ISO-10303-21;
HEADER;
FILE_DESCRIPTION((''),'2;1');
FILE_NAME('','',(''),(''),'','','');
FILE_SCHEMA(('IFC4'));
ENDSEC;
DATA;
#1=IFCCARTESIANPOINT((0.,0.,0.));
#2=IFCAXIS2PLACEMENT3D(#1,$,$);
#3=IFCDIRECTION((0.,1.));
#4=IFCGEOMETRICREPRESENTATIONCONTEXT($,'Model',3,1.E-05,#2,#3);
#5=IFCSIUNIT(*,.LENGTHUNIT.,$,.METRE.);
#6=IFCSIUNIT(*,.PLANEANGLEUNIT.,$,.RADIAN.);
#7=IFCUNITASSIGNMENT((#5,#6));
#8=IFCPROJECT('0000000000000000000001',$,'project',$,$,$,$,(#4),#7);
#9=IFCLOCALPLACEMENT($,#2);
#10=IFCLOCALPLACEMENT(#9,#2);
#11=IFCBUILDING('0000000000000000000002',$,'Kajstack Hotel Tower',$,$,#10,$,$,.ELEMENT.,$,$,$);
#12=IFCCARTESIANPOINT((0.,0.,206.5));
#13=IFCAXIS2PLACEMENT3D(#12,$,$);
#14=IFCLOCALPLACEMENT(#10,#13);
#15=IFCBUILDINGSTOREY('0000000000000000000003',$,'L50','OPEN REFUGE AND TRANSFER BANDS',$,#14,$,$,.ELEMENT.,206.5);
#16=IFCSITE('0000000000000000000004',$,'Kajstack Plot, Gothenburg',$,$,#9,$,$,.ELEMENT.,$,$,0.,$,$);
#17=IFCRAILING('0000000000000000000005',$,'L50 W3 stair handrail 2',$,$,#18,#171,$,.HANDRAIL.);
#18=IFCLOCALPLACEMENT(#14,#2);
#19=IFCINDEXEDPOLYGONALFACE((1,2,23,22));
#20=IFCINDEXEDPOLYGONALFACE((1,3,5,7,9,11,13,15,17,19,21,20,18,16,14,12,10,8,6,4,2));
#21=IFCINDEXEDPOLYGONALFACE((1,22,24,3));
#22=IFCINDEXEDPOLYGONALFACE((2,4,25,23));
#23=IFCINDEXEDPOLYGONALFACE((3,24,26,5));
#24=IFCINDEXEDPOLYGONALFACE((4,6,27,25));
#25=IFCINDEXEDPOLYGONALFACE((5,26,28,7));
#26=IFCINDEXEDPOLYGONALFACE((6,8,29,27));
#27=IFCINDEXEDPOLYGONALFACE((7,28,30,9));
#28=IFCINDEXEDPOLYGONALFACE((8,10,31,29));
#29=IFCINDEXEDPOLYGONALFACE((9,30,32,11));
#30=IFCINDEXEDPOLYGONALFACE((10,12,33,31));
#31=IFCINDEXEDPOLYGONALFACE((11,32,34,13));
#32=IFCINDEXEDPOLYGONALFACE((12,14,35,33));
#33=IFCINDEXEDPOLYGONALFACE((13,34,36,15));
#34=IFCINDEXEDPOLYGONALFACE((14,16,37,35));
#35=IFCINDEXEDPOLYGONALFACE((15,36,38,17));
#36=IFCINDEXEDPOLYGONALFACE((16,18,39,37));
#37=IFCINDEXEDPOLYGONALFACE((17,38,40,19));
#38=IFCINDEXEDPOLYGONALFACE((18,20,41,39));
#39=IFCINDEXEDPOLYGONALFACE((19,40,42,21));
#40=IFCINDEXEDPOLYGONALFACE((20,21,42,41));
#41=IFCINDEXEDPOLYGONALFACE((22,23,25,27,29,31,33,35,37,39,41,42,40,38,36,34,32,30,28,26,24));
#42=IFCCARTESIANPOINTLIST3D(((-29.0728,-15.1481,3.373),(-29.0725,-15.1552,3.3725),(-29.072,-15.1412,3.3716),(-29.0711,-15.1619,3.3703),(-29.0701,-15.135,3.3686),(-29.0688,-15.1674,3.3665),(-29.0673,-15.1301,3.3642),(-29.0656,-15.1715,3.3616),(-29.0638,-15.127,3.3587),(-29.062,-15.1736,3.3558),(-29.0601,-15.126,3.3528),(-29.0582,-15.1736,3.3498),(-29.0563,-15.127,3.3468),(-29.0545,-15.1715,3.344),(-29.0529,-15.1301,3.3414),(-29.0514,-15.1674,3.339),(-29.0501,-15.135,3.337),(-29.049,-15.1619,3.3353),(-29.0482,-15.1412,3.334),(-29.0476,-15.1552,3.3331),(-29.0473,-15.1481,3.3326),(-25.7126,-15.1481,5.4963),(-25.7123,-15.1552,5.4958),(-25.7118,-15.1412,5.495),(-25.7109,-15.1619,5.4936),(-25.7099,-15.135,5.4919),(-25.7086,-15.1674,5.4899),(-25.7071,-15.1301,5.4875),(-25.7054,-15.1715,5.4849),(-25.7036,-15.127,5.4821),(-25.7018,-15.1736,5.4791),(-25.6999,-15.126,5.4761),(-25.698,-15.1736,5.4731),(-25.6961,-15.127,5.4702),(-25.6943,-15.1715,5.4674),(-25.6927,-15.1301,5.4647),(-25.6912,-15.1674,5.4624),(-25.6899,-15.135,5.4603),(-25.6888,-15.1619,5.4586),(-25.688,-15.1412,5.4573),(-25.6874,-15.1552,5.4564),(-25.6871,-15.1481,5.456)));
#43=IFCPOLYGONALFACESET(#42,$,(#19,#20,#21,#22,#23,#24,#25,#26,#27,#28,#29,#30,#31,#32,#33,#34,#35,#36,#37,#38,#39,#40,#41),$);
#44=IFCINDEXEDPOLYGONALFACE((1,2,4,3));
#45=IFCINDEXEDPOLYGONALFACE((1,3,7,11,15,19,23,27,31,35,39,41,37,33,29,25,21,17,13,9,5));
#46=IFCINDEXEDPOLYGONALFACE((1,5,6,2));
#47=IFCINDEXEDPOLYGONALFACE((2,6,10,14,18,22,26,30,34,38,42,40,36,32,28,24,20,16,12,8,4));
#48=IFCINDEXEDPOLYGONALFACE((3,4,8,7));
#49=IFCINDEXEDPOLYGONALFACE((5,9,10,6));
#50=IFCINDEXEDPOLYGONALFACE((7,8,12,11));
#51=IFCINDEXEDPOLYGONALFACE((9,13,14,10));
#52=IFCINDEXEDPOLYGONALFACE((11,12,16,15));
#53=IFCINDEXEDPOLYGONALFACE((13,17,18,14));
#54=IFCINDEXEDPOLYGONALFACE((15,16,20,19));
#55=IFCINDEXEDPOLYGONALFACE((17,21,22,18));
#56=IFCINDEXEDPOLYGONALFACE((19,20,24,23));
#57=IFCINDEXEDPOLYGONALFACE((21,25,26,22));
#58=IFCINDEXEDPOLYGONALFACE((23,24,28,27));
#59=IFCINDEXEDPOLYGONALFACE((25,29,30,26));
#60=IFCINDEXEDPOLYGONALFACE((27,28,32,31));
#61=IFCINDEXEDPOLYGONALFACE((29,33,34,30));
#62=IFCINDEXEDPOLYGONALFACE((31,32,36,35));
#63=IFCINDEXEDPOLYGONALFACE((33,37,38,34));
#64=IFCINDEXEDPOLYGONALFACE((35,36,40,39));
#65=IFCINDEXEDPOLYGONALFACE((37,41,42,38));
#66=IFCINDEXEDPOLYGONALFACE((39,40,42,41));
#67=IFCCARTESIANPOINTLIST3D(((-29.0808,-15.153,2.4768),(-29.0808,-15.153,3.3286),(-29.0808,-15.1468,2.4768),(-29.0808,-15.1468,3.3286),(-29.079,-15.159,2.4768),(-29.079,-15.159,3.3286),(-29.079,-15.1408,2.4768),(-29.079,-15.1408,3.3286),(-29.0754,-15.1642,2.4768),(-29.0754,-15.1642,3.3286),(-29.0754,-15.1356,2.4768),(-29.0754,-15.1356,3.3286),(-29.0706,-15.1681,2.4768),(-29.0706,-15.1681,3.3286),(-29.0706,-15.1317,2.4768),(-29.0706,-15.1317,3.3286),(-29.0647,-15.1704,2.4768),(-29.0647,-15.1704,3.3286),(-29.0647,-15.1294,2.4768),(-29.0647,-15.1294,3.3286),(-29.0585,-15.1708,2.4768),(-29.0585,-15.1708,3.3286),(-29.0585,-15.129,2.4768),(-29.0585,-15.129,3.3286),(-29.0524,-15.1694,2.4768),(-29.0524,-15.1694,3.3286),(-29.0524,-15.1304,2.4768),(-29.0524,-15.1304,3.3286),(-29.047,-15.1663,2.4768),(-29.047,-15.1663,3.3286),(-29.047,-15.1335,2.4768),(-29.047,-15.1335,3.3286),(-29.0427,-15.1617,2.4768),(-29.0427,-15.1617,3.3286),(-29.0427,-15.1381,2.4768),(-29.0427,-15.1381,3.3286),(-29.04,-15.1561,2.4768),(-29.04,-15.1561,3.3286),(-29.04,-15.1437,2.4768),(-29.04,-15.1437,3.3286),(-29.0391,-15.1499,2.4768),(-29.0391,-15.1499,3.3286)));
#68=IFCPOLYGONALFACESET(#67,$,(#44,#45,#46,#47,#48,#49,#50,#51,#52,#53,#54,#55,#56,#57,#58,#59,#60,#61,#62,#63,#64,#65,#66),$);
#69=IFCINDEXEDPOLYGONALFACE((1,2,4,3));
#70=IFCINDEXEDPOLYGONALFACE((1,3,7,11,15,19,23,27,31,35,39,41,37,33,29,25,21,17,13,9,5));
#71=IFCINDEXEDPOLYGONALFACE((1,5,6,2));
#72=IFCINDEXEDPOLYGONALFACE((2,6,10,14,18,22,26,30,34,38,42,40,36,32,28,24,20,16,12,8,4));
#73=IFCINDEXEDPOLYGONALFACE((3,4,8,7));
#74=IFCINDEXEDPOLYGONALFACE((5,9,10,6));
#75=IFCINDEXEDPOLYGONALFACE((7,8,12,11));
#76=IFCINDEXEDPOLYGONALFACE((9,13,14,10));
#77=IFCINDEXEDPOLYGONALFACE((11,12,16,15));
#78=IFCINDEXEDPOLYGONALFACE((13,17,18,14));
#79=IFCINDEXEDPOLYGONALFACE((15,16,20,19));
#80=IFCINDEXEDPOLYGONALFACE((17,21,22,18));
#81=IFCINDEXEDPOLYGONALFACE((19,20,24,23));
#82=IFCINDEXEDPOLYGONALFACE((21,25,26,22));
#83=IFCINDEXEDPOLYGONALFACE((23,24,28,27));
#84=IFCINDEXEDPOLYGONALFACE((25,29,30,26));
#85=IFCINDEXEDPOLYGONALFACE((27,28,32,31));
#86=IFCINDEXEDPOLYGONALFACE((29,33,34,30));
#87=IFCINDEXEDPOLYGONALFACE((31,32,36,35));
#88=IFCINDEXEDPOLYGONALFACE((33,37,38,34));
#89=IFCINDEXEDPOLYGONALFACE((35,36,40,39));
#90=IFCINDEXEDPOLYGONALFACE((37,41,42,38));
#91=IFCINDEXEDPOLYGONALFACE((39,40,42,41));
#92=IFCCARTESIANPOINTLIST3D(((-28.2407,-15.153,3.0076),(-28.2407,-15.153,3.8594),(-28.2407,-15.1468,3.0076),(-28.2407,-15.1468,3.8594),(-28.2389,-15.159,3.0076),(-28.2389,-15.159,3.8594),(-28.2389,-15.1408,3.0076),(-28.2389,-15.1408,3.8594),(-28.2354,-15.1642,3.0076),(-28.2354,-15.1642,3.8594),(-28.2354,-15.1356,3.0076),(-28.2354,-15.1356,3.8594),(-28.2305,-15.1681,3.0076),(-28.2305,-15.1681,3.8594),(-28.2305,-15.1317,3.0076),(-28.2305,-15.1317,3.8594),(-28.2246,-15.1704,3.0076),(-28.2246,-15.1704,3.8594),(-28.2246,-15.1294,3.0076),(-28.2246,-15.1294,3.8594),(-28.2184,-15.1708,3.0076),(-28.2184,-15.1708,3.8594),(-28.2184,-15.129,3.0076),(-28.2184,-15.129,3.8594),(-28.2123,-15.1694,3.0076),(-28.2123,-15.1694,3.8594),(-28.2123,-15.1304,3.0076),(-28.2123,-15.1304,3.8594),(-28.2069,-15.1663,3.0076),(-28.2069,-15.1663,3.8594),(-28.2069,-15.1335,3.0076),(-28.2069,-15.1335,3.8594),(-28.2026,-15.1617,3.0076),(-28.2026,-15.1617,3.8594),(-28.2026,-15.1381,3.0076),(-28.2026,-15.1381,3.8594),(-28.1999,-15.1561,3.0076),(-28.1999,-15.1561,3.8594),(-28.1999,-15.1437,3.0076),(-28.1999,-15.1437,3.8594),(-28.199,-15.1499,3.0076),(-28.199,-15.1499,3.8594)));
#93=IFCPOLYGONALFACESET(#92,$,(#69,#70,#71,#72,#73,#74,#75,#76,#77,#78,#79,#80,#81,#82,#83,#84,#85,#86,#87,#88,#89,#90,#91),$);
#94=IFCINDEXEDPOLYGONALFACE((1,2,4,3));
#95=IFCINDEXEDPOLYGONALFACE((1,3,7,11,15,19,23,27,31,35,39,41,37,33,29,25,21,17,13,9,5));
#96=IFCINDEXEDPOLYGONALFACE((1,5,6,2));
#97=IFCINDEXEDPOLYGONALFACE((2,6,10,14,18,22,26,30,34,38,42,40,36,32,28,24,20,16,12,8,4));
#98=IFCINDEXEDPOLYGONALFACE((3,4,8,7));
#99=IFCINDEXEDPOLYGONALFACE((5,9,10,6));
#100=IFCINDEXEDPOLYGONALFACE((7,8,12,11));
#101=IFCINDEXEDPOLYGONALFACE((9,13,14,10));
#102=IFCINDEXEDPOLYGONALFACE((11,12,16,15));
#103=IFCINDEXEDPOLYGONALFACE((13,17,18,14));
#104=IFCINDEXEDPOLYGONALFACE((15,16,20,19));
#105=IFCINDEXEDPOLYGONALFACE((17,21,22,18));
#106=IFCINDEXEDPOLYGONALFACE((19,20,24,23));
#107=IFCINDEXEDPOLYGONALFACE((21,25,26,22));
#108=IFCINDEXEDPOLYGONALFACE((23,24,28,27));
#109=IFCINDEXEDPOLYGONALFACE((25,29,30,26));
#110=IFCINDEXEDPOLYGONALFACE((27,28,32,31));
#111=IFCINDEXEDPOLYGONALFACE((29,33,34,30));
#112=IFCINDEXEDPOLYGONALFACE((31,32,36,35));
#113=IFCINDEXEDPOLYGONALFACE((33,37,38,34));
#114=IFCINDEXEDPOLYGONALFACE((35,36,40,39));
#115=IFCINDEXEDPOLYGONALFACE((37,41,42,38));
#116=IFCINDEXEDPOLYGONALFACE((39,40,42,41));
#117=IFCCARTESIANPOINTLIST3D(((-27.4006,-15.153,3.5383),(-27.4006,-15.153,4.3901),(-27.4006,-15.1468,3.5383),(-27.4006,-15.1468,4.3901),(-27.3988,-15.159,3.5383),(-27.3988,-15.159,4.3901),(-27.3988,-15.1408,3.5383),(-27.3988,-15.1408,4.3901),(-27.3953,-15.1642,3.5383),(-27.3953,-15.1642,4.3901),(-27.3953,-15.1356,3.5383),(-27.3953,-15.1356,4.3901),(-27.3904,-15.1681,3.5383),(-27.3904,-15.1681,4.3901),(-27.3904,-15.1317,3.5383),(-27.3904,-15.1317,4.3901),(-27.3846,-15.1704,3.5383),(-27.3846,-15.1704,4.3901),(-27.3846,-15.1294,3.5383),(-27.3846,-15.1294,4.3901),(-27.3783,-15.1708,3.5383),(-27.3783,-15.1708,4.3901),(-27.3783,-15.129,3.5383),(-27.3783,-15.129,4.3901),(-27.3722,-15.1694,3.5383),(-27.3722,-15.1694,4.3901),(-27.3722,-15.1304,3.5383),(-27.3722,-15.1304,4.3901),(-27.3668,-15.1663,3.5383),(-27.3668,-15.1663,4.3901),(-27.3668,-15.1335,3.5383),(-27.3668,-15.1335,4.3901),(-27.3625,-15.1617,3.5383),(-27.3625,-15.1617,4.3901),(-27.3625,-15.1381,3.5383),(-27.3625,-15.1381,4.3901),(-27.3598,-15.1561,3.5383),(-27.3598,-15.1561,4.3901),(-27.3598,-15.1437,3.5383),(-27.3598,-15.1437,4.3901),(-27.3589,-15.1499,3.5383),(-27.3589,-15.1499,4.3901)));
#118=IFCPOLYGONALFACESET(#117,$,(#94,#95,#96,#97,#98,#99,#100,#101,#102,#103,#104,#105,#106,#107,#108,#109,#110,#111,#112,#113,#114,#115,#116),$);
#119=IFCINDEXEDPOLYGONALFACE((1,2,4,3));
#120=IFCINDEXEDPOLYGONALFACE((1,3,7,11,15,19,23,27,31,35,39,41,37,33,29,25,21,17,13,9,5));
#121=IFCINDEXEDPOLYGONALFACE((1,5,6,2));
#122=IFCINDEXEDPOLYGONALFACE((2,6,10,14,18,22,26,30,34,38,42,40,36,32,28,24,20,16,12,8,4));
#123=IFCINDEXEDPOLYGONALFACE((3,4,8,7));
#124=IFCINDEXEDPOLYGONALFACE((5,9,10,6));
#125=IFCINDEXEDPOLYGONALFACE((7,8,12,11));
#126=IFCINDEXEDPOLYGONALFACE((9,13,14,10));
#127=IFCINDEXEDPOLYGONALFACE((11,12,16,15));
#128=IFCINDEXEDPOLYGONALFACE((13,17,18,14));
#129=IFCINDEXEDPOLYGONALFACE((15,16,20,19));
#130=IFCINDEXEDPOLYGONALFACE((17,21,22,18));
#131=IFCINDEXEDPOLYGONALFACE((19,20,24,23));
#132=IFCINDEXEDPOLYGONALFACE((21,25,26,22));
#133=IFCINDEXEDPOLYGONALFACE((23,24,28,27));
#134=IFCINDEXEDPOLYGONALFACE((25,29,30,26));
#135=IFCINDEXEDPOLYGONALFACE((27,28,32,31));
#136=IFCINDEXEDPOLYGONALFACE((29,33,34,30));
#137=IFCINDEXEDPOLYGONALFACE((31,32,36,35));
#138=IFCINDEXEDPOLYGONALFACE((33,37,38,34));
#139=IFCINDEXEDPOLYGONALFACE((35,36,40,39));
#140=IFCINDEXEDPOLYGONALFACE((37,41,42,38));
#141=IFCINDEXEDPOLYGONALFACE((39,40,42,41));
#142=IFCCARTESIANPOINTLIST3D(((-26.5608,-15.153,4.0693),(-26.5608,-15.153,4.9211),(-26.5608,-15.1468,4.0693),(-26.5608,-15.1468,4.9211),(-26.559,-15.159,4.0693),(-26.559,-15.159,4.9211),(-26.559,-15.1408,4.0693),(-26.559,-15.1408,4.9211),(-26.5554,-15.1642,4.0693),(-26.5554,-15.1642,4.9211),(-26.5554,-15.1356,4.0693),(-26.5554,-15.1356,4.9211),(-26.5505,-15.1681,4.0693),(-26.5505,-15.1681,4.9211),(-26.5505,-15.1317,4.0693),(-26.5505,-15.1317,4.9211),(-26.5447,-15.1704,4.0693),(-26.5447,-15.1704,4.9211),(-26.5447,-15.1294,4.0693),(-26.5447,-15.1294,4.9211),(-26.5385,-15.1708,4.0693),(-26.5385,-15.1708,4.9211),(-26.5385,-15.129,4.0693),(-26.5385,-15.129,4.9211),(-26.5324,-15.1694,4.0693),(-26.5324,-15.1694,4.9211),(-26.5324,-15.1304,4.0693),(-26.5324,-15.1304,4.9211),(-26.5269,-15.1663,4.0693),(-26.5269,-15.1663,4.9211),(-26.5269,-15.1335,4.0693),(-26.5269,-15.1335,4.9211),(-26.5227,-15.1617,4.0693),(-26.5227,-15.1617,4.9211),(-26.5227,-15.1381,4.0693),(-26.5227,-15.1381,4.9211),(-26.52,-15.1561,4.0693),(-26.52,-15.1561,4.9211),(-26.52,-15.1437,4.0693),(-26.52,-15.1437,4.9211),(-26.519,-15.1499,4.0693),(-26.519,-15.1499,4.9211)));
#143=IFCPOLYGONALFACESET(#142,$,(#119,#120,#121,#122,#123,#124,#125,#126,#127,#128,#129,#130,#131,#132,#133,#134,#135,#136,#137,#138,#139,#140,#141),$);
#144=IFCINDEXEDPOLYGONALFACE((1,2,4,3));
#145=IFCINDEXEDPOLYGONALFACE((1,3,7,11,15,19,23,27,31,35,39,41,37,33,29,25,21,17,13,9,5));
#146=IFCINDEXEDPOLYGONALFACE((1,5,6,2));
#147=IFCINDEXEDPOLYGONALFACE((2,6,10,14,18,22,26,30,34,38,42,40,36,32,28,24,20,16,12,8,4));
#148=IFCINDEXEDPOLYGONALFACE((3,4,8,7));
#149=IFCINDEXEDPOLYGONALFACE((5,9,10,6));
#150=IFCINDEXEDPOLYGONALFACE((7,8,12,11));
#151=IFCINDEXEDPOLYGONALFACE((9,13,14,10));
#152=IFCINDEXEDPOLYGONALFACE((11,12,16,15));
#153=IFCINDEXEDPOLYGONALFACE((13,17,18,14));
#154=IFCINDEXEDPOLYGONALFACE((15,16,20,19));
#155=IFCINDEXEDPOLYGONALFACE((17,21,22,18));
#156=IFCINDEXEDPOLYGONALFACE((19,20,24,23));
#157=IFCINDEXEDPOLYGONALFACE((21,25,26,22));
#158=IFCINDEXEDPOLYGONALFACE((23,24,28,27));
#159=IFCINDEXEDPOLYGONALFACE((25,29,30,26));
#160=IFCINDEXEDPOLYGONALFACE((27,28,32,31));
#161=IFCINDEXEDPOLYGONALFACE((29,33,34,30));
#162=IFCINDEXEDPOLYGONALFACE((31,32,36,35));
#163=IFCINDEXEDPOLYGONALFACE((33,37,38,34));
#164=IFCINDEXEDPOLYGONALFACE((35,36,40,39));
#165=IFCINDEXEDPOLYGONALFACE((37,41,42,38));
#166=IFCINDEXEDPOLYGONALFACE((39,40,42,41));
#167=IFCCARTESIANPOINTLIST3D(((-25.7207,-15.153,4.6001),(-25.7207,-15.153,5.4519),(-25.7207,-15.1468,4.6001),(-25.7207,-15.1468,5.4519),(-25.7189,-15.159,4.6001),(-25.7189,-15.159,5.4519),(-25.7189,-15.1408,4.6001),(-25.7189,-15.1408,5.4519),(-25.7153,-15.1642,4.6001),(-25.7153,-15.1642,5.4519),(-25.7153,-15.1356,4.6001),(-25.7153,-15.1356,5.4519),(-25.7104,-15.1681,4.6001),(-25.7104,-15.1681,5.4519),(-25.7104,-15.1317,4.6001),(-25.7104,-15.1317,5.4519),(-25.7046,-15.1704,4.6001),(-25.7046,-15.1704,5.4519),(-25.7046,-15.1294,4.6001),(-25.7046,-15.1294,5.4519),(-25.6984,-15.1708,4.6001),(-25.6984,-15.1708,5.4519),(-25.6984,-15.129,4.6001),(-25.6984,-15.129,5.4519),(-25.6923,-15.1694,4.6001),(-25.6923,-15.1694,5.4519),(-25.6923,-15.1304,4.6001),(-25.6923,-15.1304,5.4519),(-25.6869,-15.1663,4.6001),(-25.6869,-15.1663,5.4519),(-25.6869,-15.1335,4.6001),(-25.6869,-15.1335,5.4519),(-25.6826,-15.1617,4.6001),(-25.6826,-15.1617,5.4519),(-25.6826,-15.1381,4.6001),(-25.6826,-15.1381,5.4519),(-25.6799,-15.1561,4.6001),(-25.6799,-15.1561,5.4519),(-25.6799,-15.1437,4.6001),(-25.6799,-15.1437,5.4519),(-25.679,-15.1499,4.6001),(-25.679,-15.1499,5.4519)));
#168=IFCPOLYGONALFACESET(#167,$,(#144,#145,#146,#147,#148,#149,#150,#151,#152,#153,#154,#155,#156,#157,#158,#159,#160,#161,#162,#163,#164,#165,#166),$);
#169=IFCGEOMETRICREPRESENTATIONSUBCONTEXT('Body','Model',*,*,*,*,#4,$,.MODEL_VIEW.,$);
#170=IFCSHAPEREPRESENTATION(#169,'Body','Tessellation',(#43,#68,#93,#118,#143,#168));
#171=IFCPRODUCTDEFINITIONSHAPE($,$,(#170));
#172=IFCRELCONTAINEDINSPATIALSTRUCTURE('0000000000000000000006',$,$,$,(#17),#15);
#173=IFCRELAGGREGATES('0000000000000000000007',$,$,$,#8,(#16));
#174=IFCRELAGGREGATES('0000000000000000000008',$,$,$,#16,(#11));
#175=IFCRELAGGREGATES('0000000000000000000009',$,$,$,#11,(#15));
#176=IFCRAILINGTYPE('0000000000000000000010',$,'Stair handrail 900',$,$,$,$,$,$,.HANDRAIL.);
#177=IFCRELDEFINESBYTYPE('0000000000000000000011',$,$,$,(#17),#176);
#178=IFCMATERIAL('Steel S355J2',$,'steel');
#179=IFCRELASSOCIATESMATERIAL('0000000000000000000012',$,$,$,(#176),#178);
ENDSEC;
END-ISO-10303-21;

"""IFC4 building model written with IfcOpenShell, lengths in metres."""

from ifc_helpers import new_model, si_unit, direction, frame, origin, origin_2d, place, context, subcontext, project, spatial, circle, extrude, material, type_object, element, save


model = new_model("IFC4")

# Units and contexts
model_context = context("Model", 3, precision=1e-05, world=origin(), true_north=direction((0.0, 1.0)))
body_context = subcontext(model_context, "Body", "Model", "MODEL_VIEW")
ifc_project = project(units=[si_unit("LENGTHUNIT", "METRE"), si_unit("PLANEANGLEUNIT", "RADIAN")], contexts=[model_context])

# Site, building, storey
site_placement = place(None, origin())
site = spatial("IfcSite", under=ifc_project, at=site_placement, Name="Kajstack Plot, Gothenburg", CompositionType="ELEMENT", RefElevation=0.0)
building_placement = place(site_placement, origin())
building = spatial("IfcBuilding", under=site, at=building_placement, Name="Kajstack Hotel Tower", CompositionType="ELEMENT")
storey_placement = place(building_placement, frame((0.0, 0.0, 206.5)))
storey = spatial("IfcBuildingStorey", under=building, at=storey_placement, Name="L50", Description="OPEN REFUGE AND TRANSFER BANDS", CompositionType="ELEMENT", Elevation=206.5)

# Railing
ifc_material_1 = material(Name="Steel S355J2", Category="steel")
railing_type_1 = type_object("IfcRailingType", Name="Stair handrail 900", PredefinedType="HANDRAIL", material=ifc_material_1)
railing_1_placement = place(storey_placement, frame((-29.0601, -15.1499, 2.4768)))
element("IfcRailing", 1, at=railing_1_placement, inside=storey, type_object=railing_type_1, Name="L50 W3 stair handrail 2", PredefinedType="HANDRAIL", context=body_context, shape_type="SweptSolid", body=[
    extrude(circle(Radius=0.0239, at=origin_2d()), frame((0.0, 0.0, 0.876), z_axis=(0.845362, 0.0, 0.534194), x_axis=(0.0, 1.0, 0.0)), (0.0, 0.0, 1.0), 3.9749),
    extrude(circle(Radius=0.021, at=origin_2d()), origin(), (0.0, 0.0, 1.0), 0.8518),
    extrude(circle(Radius=0.021, at=origin_2d()), frame((0.8401, 0.0, 0.5308)), (0.0, 0.0, 1.0), 0.8518),
    extrude(circle(Radius=0.021, at=origin_2d()), frame((1.6802, 0.0, 1.0615)), (0.0, 0.0, 1.0), 0.8518),
    extrude(circle(Radius=0.021, at=origin_2d()), frame((2.52, 0.0, 1.5925)), (0.0, 0.0, 1.0), 0.8518),
    extrude(circle(Radius=0.021, at=origin_2d()), frame((3.3601, 0.0, 2.1233)), (0.0, 0.0, 1.0), 0.8518),
])

save(model, "model.ifc")
